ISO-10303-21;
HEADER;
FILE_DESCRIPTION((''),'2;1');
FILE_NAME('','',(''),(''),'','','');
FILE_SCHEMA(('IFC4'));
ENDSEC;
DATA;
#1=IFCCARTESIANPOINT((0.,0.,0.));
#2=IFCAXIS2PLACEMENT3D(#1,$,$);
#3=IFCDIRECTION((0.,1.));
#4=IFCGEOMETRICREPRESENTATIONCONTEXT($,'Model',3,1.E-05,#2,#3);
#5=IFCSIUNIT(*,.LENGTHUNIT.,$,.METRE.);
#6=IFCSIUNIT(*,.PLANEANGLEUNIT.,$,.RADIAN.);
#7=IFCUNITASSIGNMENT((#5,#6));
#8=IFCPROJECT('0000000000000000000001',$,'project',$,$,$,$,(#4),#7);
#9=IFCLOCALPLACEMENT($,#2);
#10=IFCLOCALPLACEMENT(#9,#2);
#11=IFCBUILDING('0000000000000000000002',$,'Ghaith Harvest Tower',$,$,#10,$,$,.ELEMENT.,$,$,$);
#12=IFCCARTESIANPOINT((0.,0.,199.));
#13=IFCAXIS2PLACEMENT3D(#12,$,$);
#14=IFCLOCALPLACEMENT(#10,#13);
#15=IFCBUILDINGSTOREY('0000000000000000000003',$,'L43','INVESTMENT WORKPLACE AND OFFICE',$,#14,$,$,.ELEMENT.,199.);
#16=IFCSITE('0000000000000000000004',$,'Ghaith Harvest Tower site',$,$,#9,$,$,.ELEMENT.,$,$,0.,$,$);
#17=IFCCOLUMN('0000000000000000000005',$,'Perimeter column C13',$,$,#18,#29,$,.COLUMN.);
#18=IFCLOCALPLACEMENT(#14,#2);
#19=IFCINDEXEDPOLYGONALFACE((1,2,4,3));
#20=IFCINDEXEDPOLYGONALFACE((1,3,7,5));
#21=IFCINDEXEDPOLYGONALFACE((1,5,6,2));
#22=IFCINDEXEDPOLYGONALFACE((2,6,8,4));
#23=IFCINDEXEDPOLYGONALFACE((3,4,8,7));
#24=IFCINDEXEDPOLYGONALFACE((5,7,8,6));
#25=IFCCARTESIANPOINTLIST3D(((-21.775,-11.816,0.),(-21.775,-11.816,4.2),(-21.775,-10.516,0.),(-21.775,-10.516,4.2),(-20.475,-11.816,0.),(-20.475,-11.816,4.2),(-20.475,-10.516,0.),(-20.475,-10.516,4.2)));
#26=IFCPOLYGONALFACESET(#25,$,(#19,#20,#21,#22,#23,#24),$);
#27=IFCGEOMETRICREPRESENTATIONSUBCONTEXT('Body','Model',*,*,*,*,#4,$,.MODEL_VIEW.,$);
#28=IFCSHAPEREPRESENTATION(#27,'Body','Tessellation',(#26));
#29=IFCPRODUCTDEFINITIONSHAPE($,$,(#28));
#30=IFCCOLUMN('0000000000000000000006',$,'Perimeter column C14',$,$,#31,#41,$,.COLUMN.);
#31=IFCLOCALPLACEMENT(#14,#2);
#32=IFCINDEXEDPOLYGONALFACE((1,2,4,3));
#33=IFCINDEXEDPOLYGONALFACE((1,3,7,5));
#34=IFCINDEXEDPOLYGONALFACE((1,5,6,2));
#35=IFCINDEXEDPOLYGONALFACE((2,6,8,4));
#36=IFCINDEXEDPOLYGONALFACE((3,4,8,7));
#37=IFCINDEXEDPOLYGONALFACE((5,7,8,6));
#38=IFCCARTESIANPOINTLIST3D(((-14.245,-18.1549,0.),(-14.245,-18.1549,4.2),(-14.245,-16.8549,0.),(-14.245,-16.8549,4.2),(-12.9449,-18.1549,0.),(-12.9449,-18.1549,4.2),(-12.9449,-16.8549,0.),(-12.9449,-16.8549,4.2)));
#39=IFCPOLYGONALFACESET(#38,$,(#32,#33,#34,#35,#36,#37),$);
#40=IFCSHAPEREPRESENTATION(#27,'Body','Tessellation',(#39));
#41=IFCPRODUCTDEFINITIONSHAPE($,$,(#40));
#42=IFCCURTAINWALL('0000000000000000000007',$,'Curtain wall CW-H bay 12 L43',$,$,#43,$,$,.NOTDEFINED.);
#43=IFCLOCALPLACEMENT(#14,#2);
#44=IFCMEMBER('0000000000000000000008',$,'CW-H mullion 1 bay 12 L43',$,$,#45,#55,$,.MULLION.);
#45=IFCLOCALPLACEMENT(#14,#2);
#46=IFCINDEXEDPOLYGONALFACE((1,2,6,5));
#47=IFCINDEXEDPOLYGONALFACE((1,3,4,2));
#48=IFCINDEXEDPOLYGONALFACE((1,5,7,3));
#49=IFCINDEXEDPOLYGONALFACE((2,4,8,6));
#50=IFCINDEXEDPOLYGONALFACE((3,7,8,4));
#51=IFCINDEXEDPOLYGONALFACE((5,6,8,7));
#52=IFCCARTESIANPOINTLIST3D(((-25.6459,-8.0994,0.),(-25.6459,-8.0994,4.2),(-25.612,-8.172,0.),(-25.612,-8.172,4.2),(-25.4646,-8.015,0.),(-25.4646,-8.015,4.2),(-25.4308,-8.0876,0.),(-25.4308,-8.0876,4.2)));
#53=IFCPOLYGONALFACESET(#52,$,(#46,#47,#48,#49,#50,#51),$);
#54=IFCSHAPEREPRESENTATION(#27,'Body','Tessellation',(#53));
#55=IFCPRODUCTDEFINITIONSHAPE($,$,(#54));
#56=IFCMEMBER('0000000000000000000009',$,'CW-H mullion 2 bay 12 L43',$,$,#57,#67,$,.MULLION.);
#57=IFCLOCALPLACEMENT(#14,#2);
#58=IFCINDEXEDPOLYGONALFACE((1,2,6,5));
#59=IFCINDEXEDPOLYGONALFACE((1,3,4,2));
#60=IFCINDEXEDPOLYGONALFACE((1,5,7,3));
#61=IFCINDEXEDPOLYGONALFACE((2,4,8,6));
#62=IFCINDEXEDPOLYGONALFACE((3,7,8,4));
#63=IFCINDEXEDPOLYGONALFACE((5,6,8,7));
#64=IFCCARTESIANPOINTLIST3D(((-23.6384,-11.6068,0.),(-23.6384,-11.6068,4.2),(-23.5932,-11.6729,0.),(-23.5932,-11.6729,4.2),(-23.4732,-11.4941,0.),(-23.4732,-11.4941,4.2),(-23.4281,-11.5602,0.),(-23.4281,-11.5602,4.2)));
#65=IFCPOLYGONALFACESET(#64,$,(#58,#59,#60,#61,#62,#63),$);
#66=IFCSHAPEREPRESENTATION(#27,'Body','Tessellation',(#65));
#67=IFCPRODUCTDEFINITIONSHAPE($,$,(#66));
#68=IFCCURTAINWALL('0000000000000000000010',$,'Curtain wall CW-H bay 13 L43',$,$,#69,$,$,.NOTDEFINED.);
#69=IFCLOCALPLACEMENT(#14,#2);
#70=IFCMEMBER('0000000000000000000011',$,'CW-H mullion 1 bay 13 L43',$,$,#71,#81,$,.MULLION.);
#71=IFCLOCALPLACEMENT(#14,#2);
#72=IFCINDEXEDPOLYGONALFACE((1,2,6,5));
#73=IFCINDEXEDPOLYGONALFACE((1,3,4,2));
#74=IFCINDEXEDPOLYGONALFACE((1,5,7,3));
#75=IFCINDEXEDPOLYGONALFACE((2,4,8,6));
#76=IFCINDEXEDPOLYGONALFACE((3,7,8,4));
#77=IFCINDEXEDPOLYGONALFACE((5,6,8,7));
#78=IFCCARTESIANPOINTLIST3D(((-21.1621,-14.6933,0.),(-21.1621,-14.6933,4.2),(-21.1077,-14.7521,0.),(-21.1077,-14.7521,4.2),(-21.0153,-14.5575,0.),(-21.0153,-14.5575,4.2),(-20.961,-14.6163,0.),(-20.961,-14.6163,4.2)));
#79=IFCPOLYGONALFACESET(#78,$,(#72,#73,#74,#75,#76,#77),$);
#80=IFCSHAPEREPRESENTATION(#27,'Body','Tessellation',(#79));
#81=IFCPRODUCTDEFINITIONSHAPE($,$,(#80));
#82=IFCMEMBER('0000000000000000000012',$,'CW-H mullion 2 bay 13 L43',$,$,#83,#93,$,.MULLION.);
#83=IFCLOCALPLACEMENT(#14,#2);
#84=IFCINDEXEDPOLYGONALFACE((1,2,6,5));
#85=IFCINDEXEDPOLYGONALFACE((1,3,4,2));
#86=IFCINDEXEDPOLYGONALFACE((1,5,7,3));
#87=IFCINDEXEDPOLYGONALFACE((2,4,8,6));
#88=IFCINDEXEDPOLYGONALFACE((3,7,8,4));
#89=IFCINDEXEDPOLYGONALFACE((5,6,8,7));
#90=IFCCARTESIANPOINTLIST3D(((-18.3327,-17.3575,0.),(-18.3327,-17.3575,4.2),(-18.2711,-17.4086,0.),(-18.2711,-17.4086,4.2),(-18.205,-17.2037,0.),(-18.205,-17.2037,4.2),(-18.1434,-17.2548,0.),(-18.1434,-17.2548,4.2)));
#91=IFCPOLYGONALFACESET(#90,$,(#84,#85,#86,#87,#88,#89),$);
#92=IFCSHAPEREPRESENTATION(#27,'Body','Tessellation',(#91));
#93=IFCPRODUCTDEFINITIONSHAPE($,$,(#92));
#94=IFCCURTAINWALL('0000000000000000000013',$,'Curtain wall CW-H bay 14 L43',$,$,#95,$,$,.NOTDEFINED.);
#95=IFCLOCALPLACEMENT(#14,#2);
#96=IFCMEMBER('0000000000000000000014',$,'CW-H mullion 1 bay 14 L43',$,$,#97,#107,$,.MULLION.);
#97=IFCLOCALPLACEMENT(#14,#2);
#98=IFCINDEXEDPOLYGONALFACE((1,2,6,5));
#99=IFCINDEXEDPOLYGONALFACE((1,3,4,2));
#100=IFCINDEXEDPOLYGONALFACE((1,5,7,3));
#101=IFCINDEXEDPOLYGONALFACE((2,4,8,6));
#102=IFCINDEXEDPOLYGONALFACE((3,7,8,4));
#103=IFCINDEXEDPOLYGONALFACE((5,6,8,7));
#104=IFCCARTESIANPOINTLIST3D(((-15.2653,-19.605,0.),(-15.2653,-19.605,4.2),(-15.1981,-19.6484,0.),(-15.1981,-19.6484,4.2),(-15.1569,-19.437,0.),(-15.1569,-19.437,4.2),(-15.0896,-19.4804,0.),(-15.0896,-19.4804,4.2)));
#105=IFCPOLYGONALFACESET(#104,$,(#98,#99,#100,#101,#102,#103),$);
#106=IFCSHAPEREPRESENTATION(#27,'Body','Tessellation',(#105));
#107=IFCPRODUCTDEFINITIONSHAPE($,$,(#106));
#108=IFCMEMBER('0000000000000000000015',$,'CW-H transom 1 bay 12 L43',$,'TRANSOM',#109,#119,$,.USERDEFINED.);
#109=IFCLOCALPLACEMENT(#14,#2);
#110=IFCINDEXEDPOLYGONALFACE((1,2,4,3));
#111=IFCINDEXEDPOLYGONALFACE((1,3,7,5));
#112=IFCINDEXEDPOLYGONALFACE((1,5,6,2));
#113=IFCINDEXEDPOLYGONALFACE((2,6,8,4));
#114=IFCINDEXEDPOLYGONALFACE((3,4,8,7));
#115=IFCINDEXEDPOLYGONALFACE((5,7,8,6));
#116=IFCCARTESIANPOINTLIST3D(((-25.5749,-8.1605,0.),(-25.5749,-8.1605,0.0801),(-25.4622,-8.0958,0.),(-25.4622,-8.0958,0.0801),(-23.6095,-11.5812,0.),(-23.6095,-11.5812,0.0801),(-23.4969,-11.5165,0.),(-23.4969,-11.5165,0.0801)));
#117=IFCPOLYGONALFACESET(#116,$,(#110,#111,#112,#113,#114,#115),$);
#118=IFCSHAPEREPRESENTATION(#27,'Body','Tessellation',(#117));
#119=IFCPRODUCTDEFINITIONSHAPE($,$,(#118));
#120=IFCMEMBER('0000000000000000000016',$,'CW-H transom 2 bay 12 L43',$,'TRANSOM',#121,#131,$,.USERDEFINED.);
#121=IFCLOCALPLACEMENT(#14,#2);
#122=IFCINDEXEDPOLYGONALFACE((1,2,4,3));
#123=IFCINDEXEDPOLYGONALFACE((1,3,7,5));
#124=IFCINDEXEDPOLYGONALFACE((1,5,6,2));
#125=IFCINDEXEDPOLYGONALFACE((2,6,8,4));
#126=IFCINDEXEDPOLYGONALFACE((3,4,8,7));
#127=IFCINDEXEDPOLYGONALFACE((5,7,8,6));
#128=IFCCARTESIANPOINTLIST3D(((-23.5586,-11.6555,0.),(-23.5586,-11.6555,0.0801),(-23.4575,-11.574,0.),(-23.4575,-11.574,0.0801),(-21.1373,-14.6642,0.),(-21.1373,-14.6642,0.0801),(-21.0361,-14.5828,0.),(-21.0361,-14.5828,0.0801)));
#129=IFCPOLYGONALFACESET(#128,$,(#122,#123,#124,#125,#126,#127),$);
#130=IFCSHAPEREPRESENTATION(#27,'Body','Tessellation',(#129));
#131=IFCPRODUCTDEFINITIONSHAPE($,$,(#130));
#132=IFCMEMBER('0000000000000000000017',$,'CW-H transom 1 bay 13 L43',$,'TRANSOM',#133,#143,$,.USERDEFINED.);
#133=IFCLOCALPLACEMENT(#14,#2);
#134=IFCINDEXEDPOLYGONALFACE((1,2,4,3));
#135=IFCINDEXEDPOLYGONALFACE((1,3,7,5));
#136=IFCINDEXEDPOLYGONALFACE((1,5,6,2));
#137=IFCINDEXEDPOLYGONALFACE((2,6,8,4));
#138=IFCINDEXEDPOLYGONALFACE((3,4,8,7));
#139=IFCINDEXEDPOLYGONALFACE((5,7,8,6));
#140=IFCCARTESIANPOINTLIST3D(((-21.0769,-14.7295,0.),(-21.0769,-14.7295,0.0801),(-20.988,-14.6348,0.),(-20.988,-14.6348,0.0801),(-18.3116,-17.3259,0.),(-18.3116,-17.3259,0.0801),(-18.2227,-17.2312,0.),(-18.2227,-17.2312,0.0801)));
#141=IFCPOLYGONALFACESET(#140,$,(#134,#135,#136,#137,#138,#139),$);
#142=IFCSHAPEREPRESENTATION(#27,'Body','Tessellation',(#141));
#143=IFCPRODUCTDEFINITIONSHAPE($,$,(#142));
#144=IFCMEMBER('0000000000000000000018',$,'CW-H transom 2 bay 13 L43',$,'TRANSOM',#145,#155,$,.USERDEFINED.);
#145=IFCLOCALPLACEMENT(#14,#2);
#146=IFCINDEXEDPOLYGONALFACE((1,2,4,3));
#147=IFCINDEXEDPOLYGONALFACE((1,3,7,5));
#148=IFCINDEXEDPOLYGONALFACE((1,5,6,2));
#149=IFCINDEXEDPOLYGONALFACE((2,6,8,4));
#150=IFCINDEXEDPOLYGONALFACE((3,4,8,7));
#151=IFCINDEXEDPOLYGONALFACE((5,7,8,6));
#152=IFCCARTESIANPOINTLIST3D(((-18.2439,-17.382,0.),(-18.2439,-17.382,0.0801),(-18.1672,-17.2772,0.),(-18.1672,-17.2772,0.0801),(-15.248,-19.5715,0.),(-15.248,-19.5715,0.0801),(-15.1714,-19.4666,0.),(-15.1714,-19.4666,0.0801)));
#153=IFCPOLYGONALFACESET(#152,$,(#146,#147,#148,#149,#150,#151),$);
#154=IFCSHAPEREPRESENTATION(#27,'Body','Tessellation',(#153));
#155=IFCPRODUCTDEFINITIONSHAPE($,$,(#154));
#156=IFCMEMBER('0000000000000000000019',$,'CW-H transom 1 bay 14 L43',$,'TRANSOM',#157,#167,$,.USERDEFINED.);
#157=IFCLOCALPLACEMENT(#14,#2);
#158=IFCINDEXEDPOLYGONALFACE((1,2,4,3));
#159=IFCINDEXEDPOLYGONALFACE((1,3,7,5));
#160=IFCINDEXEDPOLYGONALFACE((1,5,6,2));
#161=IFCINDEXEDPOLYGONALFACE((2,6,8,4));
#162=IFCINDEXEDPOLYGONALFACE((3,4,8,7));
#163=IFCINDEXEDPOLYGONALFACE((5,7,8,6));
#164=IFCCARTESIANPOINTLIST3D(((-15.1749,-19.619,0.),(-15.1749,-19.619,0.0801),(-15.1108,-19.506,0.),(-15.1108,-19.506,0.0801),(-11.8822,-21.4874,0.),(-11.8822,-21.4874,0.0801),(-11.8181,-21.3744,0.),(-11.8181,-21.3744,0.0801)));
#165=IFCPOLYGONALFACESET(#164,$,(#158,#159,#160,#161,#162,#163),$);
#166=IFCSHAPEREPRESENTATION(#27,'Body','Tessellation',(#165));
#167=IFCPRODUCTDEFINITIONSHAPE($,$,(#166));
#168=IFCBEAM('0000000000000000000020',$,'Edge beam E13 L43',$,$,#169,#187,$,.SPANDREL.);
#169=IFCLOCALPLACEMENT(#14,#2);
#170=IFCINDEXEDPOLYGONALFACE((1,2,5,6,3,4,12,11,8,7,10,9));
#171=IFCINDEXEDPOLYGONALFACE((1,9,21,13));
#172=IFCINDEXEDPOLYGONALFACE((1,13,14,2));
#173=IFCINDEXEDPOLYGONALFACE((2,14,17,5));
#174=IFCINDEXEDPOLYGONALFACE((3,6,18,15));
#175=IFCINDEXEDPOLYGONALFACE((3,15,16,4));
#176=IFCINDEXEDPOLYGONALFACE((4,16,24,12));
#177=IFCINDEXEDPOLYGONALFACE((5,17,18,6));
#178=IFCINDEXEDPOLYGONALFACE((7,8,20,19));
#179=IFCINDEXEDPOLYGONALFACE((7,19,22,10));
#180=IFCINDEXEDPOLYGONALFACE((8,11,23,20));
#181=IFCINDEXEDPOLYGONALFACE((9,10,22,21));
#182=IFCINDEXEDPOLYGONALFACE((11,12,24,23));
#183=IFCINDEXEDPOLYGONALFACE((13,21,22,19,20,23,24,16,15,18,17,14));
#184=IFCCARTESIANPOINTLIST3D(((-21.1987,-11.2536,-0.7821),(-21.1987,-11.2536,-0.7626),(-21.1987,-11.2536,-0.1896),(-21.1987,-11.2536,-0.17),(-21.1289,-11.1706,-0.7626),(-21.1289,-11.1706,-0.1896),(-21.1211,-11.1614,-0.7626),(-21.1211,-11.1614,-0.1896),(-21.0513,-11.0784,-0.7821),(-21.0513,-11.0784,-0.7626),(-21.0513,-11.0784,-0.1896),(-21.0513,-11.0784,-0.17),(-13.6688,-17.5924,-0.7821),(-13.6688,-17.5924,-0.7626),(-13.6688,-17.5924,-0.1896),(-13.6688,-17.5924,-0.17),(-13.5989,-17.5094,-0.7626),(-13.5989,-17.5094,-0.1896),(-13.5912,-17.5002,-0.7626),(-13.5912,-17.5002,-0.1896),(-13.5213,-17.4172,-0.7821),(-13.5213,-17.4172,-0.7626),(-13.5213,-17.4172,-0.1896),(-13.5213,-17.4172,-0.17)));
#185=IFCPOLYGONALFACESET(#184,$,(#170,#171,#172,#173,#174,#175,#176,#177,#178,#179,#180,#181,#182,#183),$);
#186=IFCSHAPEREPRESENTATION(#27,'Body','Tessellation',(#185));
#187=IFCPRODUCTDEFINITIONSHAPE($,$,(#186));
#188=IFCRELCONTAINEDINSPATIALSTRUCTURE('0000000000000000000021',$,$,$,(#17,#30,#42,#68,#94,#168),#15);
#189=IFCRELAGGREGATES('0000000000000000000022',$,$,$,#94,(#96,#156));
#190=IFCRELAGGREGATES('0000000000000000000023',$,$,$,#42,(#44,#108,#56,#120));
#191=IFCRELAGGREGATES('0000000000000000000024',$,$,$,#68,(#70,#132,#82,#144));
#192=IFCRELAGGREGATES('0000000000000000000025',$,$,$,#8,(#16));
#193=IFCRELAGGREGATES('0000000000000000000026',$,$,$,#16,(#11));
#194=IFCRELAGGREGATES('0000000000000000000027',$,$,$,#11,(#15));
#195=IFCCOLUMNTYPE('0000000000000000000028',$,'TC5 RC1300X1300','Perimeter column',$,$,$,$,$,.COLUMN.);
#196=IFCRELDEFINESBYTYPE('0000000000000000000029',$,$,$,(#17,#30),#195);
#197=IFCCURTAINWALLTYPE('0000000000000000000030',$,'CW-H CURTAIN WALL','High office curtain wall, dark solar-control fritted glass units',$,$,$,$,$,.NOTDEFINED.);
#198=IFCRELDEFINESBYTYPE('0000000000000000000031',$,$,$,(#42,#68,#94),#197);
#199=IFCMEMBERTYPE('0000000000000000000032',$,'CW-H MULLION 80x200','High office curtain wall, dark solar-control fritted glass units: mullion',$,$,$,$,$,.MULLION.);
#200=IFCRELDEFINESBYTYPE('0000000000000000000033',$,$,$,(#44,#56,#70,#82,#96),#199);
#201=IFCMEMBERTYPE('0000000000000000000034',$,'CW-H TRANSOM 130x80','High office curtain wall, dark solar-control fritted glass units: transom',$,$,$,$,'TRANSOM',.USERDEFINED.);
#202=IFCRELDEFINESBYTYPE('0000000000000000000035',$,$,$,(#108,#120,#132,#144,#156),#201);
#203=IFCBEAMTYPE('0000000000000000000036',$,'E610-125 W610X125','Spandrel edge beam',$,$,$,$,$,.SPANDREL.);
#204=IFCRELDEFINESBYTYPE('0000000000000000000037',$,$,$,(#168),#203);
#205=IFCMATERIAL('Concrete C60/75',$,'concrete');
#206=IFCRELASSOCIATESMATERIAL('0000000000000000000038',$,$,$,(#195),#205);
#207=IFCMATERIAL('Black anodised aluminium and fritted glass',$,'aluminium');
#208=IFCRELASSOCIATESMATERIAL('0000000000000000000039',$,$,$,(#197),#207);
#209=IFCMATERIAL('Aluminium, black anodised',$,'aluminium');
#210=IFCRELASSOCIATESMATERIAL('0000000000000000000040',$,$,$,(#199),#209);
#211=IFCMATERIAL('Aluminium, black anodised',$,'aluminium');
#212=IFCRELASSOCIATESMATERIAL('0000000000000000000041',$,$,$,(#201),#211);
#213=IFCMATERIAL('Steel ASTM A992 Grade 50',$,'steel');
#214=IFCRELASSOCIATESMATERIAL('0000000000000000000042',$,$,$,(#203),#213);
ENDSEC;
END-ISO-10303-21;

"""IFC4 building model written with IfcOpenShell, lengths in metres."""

from ifc_helpers import new_model, si_unit, direction, frame, origin, origin_2d, place, context, subcontext, project, spatial, rectangle, i_section, extrude, material, material_profile, profile_set, type_object, element, aggregate, save


model = new_model("IFC4")

# Units and contexts
model_context = context("Model", 3, precision=1e-05, world=origin(), true_north=direction((0.0, 1.0)))
body_context = subcontext(model_context, "Body", "Model", "MODEL_VIEW")
ifc_project = project(units=[si_unit("LENGTHUNIT", "METRE"), si_unit("PLANEANGLEUNIT", "RADIAN")], contexts=[model_context])

# Site, building, storey
site_placement = place(None, origin())
site = spatial("IfcSite", under=ifc_project, at=site_placement, Name="Ghaith Harvest Tower site", CompositionType="ELEMENT", RefElevation=0.0)
building_placement = place(site_placement, origin())
building = spatial("IfcBuilding", under=site, at=building_placement, Name="Ghaith Harvest Tower", CompositionType="ELEMENT")
storey_placement = place(building_placement, frame((0.0, 0.0, 199.0)))
storey = spatial("IfcBuildingStorey", under=building, at=storey_placement, Name="L43", Description="INVESTMENT WORKPLACE AND OFFICE", CompositionType="ELEMENT", Elevation=199.0)

# Columns
ifc_material_1 = material(Name="Concrete C60/75", Category="concrete")
ifc_material_profile_1 = material_profile(ifc_material_1, rectangle(XDim=1.3, YDim=1.3, at=origin_2d()), Name="RC1300X1300")
ifc_profile_set_1 = profile_set([ifc_material_profile_1], Name="Concrete C60/75")
column_type = type_object("IfcColumnType", Name="TC5 RC1300X1300", Description="Perimeter column", PredefinedType="COLUMN", material=ifc_profile_set_1)
for number, where, z_axis, x_axis, name in (
    (1, (-21.125, -11.166, 0.0), (0.0, 0.0, 1.0), (1.0, 0.0, 0.0), "Perimeter column C13"),
    (2, (-13.595, -17.5049, 0.0), (0.0, 0.0, 1.0), (1.0, 0.0, 0.0), "Perimeter column C14"),
):
    element("IfcColumn", number, at=place(storey_placement, frame(where, z_axis=z_axis, x_axis=x_axis)), inside=storey, type_object=column_type, Name=name, PredefinedType="COLUMN", context=body_context, shape_type="SweptSolid", body=[
        extrude(rectangle(XDim=1.3, YDim=1.3, at=origin_2d()), origin(), (0.0, 0.0, 1.0), 4.2),
    ])

# Curtain walls, members
ifc_material_2 = material(Name="Black anodised aluminium and fritted glass", Category="aluminium")
curtain_wall_type = type_object("IfcCurtainWallType", Name="CW-H CURTAIN WALL", Description="High office curtain wall, dark solar-control fritted glass units", PredefinedType="NOTDEFINED", material=ifc_material_2)
curtain_wall_1_placement = place(storey_placement, origin())
curtain_wall_1 = element("IfcCurtainWall", 3, at=curtain_wall_1_placement, inside=storey, type_object=curtain_wall_type, Name="Curtain wall CW-H bay 12 L43", PredefinedType="NOTDEFINED")
ifc_material_3 = material(Name="Aluminium, black anodised", Category="aluminium")
ifc_material_profile_2 = material_profile(ifc_material_3, rectangle(XDim=0.0801, YDim=0.2, at=origin_2d()), Name="CW-H MULLION 80x200")
ifc_profile_set_2 = profile_set([ifc_material_profile_2], Name="Aluminium, black anodised")
member_type_1 = type_object("IfcMemberType", Name="CW-H MULLION 80x200", Description="High office curtain wall, dark solar-control fritted glass units: mullion", PredefinedType="MULLION", material=ifc_profile_set_2)
member_1_placement = place(storey_placement, frame((-25.5383, -8.0935, 0.0), z_axis=(0.0, 0.0, 1.0), x_axis=(0.422309, -0.906452, 0.0)))
member_1 = element("IfcMember", 4, at=member_1_placement, type_object=member_type_1, Name="CW-H mullion 1 bay 12 L43", PredefinedType="MULLION", context=body_context, shape_type="SweptSolid", body=[
    extrude(rectangle(XDim=0.0801, YDim=0.2, at=origin_2d()), origin(), (0.0, 0.0, 1.0), 4.2),
])
member_2_placement = place(storey_placement, frame((-23.5332, -11.5835, 0.0), z_axis=(0.0, 0.0, 1.0), x_axis=(0.563617, -0.826037, 0.0)))
member_2 = element("IfcMember", 5, at=member_2_placement, type_object=member_type_1, Name="CW-H mullion 2 bay 12 L43", PredefinedType="MULLION", context=body_context, shape_type="SweptSolid", body=[
    extrude(rectangle(XDim=0.0801, YDim=0.2, at=origin_2d()), origin(), (0.0, 0.0, 1.0), 4.2),
])
curtain_wall_2_placement = place(storey_placement, origin())
curtain_wall_2 = element("IfcCurtainWall", 6, at=curtain_wall_2_placement, inside=storey, type_object=curtain_wall_type, Name="Curtain wall CW-H bay 13 L43", PredefinedType="NOTDEFINED")
member_3_placement = place(storey_placement, frame((-21.0615, -14.6548, 0.0), z_axis=(0.0, 0.0, 1.0), x_axis=(0.679182, -0.73397, 0.0)))
member_3 = element("IfcMember", 7, at=member_3_placement, type_object=member_type_1, Name="CW-H mullion 1 bay 13 L43", PredefinedType="MULLION", context=body_context, shape_type="SweptSolid", body=[
    extrude(rectangle(XDim=0.0801, YDim=0.2, at=origin_2d()), origin(), (0.0, 0.0, 1.0), 4.2),
])
member_4_placement = place(storey_placement, frame((-18.238, -17.3062, 0.0), z_axis=(0.0, 0.0, 1.0), x_axis=(0.769217, -0.638988, 0.0)))
member_4 = element("IfcMember", 8, at=member_4_placement, type_object=member_type_1, Name="CW-H mullion 2 bay 13 L43", PredefinedType="MULLION", context=body_context, shape_type="SweptSolid", body=[
    extrude(rectangle(XDim=0.0801, YDim=0.2, at=origin_2d()), origin(), (0.0, 0.0, 1.0), 4.2),
])

# Curtain wall, member
curtain_wall_3_placement = place(storey_placement, origin())
curtain_wall_3 = element("IfcCurtainWall", 9, at=curtain_wall_3_placement, inside=storey, type_object=curtain_wall_type, Name="Curtain wall CW-H bay 14 L43", PredefinedType="NOTDEFINED")
member_5_placement = place(storey_placement, frame((-15.1775, -19.5427, 0.0), z_axis=(0.0, 0.0, 1.0), x_axis=(0.840234, -0.542225, 0.0)))
member_5 = element("IfcMember", 10, at=member_5_placement, type_object=member_type_1, Name="CW-H mullion 1 bay 14 L43", PredefinedType="MULLION", context=body_context, shape_type="SweptSolid", body=[
    extrude(rectangle(XDim=0.0801, YDim=0.2, at=origin_2d()), origin(), (0.0, 0.0, 1.0), 4.2),
])

# Members
ifc_material_4 = material(Name="Aluminium, black anodised", Category="aluminium")
ifc_material_profile_3 = material_profile(ifc_material_4, rectangle(XDim=0.1299, YDim=0.0801, at=origin_2d()), Name="CW-H TRANSOM 130x80")
ifc_profile_set_3 = profile_set([ifc_material_profile_3], Name="Aluminium, black anodised")
member_type_2 = type_object("IfcMemberType", Name="CW-H TRANSOM 130x80", Description="High office curtain wall, dark solar-control fritted glass units: transom", ElementType="TRANSOM", PredefinedType="USERDEFINED", material=ifc_profile_set_3)
member_6_placement = place(storey_placement, frame((-25.5186, -8.1282, 0.04), z_axis=(0.498177, -0.867075, 0.0), x_axis=(0.867075, 0.498177, 0.0)))
member_6 = element("IfcMember", 11, at=member_6_placement, type_object=member_type_2, Name="CW-H transom 1 bay 12 L43", ObjectType="TRANSOM", PredefinedType="USERDEFINED", context=body_context, shape_type="SweptSolid", body=[
    extrude(rectangle(XDim=0.1299, YDim=0.0801, at=origin_2d()), origin(), (0.0, 0.0, 1.0), 3.9451),
])
member_7_placement = place(storey_placement, frame((-23.5081, -11.6147, 0.04), z_axis=(0.626959, -0.779052, 0.0), x_axis=(0.779052, 0.626959, 0.0)))
member_7 = element("IfcMember", 12, at=member_7_placement, type_object=member_type_2, Name="CW-H transom 2 bay 12 L43", ObjectType="TRANSOM", PredefinedType="USERDEFINED", context=body_context, shape_type="SweptSolid", body=[
    extrude(rectangle(XDim=0.1299, YDim=0.0801, at=origin_2d()), origin(), (0.0, 0.0, 1.0), 3.8621),
])
member_8_placement = place(storey_placement, frame((-21.0325, -14.6821, 0.04), z_axis=(0.729025, -0.684487, 0.0), x_axis=(0.684487, 0.729025, 0.0)))
member_8 = element("IfcMember", 13, at=member_8_placement, type_object=member_type_2, Name="CW-H transom 1 bay 13 L43", ObjectType="TRANSOM", PredefinedType="USERDEFINED", context=body_context, shape_type="SweptSolid", body=[
    extrude(rectangle(XDim=0.1299, YDim=0.0801, at=origin_2d()), origin(), (0.0, 0.0, 1.0), 3.7932),
])
member_9_placement = place(storey_placement, frame((-18.2056, -17.3296, 0.04), z_axis=(0.807368, -0.590048, 0.0), x_axis=(0.590048, 0.807368, 0.0)))
member_9 = element("IfcMember", 14, at=member_9_placement, type_object=member_type_2, Name="CW-H transom 2 bay 13 L43", ObjectType="TRANSOM", PredefinedType="USERDEFINED", context=body_context, shape_type="SweptSolid", body=[
    extrude(rectangle(XDim=0.1299, YDim=0.0801, at=origin_2d()), origin(), (0.0, 0.0, 1.0), 3.7107),
])
member_10_placement = place(storey_placement, frame((-15.1428, -19.5625, 0.04), z_axis=(0.869735, -0.493519, 0.0), x_axis=(0.493519, 0.869735, 0.0)))
member_10 = element("IfcMember", 15, at=member_10_placement, type_object=member_type_2, Name="CW-H transom 1 bay 14 L43", ObjectType="TRANSOM", PredefinedType="USERDEFINED", context=body_context, shape_type="SweptSolid", body=[
    extrude(rectangle(XDim=0.1299, YDim=0.0801, at=origin_2d()), origin(), (0.0, 0.0, 1.0), 3.7859),
])
aggregate(curtain_wall_3, [member_5, member_10])

# Beam
ifc_material_5 = material(Name="Steel ASTM A992 Grade 50", Category="steel")
ifc_material_profile_4 = material_profile(ifc_material_5, i_section(OverallWidth=0.229, OverallDepth=0.6121, WebThickness=0.012, FlangeThickness=0.0195, at=origin_2d()), Name="W610X125")
ifc_profile_set_4 = profile_set([ifc_material_profile_4], Name="Steel ASTM A992 Grade 50")
beam_type = type_object("IfcBeamType", Name="E610-125 W610X125", Description="Spandrel edge beam", PredefinedType="SPANDREL", material=ifc_profile_set_4)
beam_1_placement = place(storey_placement, frame((-21.125, -11.166, -0.4761), z_axis=(0.765022, -0.644004, 0.0), x_axis=(0.644004, 0.765022, 0.0)))
element("IfcBeam", 16, at=beam_1_placement, inside=storey, type_object=beam_type, Name="Edge beam E13 L43", PredefinedType="SPANDREL", context=body_context, shape_type="SweptSolid", body=[
    extrude(i_section(OverallWidth=0.229, OverallDepth=0.6121, WebThickness=0.012, FlangeThickness=0.0195, at=origin_2d()), origin(), (0.0, 0.0, 1.0), 9.8428),
])

aggregate(curtain_wall_1, [member_1, member_6, member_2, member_7])
aggregate(curtain_wall_2, [member_3, member_8, member_4, member_9])

save(model, "model.ifc")
